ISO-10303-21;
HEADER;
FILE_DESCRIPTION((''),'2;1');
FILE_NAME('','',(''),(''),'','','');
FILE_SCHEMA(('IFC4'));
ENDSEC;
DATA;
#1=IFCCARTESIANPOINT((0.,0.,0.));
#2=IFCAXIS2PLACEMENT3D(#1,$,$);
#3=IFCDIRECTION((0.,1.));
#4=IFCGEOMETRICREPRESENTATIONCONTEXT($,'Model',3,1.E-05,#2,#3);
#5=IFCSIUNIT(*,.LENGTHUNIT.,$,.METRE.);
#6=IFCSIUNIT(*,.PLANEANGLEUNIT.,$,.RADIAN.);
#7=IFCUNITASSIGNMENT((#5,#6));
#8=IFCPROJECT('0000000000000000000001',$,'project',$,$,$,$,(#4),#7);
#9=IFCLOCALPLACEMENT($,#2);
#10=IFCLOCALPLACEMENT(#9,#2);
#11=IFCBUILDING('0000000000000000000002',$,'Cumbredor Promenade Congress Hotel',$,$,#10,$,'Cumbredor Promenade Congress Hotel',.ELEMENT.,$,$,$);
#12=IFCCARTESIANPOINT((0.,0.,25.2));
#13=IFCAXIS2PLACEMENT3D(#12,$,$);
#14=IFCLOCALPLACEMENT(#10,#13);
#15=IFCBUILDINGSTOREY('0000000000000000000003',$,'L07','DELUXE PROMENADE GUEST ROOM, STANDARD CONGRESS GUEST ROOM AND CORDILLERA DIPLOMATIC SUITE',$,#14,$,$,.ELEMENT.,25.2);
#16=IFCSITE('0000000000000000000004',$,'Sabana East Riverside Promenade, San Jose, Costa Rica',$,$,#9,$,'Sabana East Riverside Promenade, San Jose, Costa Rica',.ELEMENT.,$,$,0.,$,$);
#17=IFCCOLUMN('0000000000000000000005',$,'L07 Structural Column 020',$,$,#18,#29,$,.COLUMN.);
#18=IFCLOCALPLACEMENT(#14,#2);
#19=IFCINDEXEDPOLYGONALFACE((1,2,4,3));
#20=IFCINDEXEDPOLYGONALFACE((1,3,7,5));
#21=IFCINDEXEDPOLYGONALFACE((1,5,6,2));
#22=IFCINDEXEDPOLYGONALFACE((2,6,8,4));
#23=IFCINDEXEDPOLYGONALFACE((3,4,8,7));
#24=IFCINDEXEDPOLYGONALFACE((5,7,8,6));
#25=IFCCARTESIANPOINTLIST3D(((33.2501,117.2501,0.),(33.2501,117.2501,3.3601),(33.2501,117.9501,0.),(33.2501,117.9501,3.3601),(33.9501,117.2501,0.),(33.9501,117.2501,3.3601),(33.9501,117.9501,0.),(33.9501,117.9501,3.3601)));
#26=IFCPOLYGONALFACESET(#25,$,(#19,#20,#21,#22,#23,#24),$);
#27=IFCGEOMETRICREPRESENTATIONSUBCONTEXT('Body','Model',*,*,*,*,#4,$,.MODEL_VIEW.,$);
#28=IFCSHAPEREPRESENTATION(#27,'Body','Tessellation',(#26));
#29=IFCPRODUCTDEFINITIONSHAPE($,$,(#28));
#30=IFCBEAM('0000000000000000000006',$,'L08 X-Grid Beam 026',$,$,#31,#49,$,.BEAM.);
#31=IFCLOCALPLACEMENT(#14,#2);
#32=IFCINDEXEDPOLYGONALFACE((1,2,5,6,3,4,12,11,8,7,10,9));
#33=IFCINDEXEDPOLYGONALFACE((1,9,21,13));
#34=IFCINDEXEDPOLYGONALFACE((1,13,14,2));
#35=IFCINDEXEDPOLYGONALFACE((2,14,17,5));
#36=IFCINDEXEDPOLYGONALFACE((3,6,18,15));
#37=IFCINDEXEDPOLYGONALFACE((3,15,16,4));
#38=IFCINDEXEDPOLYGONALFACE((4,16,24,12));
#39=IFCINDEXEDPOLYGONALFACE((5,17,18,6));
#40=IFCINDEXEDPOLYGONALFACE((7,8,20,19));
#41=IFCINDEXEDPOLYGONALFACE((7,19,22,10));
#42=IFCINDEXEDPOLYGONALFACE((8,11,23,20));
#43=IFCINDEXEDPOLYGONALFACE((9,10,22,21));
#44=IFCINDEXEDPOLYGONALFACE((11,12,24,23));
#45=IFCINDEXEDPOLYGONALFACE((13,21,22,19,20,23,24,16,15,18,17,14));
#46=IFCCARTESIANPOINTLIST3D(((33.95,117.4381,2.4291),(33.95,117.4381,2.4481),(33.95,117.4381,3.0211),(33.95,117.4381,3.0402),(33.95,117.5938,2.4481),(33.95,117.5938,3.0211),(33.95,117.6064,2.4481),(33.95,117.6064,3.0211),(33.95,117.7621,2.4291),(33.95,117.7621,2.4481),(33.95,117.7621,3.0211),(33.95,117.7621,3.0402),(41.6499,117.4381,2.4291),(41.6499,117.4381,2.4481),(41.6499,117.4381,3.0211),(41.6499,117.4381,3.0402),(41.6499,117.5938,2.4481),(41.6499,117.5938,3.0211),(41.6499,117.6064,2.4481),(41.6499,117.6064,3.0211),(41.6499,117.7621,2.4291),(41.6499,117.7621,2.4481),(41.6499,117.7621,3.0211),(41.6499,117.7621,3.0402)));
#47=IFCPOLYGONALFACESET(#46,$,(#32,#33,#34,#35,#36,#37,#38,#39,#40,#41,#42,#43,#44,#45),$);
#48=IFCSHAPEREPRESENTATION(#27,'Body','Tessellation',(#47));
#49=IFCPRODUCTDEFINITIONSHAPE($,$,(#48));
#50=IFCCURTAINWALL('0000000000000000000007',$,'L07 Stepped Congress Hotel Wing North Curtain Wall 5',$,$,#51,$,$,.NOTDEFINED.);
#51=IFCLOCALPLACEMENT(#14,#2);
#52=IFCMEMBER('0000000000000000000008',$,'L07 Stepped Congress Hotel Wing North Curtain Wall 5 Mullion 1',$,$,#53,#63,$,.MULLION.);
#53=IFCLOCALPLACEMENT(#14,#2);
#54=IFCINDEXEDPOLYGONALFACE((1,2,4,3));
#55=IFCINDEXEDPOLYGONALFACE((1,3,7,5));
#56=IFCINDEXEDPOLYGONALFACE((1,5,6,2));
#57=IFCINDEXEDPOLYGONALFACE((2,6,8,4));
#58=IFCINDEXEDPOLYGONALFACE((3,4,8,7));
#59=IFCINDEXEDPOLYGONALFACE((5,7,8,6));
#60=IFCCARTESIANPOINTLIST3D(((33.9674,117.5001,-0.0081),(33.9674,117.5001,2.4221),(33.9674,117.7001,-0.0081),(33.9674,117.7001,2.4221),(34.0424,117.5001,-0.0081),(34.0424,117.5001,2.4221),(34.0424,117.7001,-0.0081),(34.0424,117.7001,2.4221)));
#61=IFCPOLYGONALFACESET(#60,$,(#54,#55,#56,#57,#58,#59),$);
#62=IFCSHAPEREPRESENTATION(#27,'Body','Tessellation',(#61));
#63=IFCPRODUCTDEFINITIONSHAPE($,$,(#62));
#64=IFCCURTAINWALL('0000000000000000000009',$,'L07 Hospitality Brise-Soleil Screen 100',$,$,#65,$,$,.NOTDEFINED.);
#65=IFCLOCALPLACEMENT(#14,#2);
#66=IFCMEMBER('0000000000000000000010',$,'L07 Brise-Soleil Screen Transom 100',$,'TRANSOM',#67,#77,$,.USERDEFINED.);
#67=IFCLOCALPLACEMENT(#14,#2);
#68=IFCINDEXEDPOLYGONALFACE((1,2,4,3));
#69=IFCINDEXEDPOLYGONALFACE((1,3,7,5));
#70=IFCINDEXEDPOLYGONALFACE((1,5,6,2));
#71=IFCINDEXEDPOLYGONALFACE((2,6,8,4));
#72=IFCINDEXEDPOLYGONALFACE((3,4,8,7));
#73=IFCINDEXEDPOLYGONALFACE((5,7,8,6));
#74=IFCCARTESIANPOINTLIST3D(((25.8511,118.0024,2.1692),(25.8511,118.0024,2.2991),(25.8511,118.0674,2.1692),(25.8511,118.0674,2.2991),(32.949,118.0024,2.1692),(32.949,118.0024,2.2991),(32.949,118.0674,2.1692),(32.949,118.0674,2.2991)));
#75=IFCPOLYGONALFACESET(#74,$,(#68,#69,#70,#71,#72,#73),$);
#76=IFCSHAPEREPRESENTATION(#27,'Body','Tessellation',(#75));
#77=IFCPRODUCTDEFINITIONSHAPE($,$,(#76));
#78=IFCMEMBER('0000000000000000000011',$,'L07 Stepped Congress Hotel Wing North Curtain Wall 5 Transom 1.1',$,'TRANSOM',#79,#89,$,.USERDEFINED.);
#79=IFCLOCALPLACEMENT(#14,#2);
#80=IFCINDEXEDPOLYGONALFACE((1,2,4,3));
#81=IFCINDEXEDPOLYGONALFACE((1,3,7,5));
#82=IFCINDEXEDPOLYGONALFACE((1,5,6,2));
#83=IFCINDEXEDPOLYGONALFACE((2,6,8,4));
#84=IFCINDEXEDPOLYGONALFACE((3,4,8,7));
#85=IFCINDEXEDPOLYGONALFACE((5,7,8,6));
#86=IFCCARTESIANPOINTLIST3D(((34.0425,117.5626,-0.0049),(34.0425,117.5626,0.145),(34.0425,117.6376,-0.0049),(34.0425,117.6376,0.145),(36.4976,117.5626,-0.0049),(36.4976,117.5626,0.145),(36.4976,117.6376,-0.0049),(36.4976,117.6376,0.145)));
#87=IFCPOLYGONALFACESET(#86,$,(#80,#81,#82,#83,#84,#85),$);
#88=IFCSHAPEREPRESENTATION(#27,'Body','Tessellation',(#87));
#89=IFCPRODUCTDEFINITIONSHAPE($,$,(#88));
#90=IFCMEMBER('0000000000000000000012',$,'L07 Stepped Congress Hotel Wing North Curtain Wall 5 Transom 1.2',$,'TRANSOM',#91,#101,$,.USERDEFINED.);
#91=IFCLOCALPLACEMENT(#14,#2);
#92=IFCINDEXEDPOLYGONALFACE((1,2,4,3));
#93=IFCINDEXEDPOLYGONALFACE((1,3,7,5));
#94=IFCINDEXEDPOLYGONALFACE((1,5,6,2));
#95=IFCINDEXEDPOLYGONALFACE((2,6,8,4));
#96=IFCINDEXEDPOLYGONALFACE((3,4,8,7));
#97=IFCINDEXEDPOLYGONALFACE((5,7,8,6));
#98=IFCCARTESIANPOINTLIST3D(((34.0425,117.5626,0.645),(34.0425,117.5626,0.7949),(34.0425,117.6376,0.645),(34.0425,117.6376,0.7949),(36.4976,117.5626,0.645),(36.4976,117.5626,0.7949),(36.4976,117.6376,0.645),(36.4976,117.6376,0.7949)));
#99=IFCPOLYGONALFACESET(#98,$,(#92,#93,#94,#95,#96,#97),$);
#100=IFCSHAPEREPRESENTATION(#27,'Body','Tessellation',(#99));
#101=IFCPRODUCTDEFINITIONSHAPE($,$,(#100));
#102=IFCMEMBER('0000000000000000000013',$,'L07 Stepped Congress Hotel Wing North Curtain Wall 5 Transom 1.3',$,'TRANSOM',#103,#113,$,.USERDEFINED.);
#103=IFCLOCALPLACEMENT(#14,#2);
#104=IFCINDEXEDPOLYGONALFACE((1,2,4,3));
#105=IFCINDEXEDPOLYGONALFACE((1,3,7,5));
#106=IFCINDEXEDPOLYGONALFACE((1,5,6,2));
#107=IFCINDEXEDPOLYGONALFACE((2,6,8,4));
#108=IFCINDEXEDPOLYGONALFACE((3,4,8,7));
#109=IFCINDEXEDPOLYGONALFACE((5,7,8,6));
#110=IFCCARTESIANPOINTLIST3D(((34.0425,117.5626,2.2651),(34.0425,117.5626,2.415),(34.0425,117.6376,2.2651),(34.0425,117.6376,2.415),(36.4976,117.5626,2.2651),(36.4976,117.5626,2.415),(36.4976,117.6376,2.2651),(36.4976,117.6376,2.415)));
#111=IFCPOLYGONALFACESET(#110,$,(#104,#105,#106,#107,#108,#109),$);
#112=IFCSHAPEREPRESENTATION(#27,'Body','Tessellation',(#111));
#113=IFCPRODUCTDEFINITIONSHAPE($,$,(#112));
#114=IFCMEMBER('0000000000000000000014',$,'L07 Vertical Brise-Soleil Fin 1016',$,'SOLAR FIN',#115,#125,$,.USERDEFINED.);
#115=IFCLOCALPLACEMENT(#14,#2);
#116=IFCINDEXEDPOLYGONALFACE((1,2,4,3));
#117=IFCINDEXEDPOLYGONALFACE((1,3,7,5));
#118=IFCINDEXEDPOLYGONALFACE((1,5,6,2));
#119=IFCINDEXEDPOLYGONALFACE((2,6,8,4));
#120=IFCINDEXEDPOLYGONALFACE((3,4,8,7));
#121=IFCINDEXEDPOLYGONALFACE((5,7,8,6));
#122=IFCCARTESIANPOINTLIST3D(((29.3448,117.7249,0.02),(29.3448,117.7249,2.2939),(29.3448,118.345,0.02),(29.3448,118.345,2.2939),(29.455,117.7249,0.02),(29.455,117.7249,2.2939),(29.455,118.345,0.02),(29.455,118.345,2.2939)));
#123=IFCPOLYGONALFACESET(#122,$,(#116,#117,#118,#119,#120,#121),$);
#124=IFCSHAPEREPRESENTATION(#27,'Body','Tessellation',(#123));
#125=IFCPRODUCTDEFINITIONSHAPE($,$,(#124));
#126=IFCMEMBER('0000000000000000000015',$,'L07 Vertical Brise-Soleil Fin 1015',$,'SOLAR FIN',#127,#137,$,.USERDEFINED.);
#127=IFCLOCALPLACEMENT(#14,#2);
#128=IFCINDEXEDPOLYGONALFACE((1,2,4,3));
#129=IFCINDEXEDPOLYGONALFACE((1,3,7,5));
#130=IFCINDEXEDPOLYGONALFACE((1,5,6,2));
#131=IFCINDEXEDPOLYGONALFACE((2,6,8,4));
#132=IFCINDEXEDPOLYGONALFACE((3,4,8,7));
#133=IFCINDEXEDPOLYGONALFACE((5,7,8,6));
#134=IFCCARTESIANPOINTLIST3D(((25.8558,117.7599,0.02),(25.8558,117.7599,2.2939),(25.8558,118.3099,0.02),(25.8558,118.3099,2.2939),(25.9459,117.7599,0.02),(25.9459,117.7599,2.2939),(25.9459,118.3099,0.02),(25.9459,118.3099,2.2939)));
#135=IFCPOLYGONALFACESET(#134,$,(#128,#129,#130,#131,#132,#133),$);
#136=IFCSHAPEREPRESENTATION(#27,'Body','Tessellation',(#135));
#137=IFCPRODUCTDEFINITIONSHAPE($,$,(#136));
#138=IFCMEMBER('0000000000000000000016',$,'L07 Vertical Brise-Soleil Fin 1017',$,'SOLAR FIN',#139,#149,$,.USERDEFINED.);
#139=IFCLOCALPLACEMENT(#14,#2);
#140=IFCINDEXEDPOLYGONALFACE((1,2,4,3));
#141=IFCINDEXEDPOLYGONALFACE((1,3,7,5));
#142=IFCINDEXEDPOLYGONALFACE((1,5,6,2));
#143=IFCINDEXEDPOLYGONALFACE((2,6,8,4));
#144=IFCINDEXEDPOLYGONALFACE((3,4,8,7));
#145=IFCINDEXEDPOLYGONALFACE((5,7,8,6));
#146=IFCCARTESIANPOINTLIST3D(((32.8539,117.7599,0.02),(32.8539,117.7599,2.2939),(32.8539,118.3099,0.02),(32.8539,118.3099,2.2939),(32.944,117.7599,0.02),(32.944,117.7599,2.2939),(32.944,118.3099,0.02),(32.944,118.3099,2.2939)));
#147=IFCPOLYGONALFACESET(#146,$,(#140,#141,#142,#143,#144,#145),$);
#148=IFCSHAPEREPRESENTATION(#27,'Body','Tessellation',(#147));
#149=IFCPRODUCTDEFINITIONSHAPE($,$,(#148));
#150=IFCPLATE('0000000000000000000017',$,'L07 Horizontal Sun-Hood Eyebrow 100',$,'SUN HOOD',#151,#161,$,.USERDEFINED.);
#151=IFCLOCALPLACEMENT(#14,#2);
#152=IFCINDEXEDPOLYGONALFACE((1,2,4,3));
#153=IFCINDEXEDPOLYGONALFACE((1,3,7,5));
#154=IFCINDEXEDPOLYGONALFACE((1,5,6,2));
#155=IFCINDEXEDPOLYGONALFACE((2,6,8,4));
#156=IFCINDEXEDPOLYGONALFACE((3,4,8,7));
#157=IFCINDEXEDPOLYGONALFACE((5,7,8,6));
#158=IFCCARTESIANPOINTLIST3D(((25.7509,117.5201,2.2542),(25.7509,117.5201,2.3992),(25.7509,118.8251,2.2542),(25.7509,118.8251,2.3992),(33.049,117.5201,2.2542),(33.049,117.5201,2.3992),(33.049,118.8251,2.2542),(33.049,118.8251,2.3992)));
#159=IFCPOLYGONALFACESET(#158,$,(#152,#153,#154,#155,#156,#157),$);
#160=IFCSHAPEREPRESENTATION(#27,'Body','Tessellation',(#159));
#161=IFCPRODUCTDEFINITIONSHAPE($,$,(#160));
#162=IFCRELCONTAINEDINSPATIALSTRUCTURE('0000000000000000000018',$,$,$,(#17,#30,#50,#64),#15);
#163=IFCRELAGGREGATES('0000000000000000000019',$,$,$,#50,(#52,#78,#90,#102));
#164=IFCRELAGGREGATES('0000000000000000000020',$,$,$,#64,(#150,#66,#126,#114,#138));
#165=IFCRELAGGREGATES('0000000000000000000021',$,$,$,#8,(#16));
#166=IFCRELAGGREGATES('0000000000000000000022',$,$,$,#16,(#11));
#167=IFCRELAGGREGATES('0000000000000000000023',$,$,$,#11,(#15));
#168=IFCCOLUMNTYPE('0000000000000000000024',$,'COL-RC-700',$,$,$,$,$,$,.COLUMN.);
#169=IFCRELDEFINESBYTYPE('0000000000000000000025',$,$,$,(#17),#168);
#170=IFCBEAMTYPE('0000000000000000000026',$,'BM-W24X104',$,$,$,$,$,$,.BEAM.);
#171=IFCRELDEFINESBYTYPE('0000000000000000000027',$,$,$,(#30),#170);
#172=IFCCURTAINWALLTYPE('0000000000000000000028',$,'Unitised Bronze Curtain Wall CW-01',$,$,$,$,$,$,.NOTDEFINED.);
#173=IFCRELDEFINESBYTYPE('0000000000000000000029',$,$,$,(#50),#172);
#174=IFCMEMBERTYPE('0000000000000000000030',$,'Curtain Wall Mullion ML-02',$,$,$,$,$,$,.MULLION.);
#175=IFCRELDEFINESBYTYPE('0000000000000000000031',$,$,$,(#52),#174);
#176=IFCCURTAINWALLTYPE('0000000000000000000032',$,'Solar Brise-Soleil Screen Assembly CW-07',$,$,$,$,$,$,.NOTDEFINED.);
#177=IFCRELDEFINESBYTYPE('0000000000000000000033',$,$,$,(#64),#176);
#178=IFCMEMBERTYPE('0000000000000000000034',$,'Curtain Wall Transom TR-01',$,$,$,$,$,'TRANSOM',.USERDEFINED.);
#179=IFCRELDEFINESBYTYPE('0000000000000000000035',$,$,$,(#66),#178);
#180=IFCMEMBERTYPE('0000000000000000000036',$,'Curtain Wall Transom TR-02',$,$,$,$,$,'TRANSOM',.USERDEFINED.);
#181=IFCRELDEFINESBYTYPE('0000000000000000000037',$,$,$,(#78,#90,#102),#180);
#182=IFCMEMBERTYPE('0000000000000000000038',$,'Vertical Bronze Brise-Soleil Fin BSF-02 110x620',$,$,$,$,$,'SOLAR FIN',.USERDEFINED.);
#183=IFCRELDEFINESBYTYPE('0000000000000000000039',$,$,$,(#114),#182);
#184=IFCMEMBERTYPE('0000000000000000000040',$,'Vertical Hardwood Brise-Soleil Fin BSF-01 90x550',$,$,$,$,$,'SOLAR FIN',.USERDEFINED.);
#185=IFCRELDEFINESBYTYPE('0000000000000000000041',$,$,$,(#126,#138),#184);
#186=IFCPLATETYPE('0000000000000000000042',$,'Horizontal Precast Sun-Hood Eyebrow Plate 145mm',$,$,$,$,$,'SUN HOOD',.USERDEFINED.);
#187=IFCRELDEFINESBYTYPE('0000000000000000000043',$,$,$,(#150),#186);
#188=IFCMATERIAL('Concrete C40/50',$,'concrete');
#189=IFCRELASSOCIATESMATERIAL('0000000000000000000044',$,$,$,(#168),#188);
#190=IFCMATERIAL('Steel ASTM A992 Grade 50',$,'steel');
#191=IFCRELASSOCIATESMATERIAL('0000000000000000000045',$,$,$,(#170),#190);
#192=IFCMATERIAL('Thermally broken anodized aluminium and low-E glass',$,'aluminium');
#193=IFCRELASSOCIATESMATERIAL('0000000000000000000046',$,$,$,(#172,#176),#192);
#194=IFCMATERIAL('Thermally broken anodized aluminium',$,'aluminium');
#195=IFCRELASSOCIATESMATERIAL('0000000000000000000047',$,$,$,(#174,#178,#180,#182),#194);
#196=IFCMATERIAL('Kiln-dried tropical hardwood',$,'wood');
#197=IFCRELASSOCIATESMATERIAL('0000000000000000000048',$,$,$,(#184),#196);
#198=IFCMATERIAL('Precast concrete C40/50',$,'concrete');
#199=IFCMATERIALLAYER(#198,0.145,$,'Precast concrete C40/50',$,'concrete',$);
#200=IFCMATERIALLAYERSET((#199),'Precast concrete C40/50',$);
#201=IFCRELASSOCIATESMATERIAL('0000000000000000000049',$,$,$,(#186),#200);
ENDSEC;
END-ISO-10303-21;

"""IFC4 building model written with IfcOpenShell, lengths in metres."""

from ifc_helpers import new_model, si_unit, direction, frame, origin, origin_2d, place, context, subcontext, project, spatial, rectangle, i_section, extrude, material, layer, layer_set, material_profile, profile_set, type_object, element, aggregate, save


model = new_model("IFC4")

# Units and contexts
model_context = context("Model", 3, precision=1e-05, world=origin(), true_north=direction((0.0, 1.0)))
body_context = subcontext(model_context, "Body", "Model", "MODEL_VIEW")
ifc_project = project(units=[si_unit("LENGTHUNIT", "METRE"), si_unit("PLANEANGLEUNIT", "RADIAN")], contexts=[model_context])

# Site, building, storey
site_placement = place(None, origin())
site = spatial("IfcSite", under=ifc_project, at=site_placement, Name="Sabana East Riverside Promenade, San Jose, Costa Rica", LongName="Sabana East Riverside Promenade, San Jose, Costa Rica", CompositionType="ELEMENT", RefElevation=0.0)
building_placement = place(site_placement, origin())
building = spatial("IfcBuilding", under=site, at=building_placement, Name="Cumbredor Promenade Congress Hotel", LongName="Cumbredor Promenade Congress Hotel", CompositionType="ELEMENT")
storey_placement = place(building_placement, frame((0.0, 0.0, 25.2)))
storey = spatial("IfcBuildingStorey", under=building, at=storey_placement, Name="L07", Description="DELUXE PROMENADE GUEST ROOM, STANDARD CONGRESS GUEST ROOM AND CORDILLERA DIPLOMATIC SUITE", CompositionType="ELEMENT", Elevation=25.2)

# Column
ifc_material_1 = material(Name="Concrete C40/50", Category="concrete")
ifc_material_profile_1 = material_profile(ifc_material_1, rectangle(XDim=0.7, YDim=0.7, at=origin_2d()), Name="RC 700x700")
ifc_profile_set_1 = profile_set([ifc_material_profile_1], Name="Concrete C40/50")
column_type = type_object("IfcColumnType", Name="COL-RC-700", PredefinedType="COLUMN", material=ifc_profile_set_1)
column_placement = place(storey_placement, frame((33.6001, 117.6001, 0.0), z_axis=(0.0, 0.0, 1.0), x_axis=(1.0, 0.0, 0.0)))
element("IfcColumn", 1, at=column_placement, inside=storey, type_object=column_type, Name="L07 Structural Column 020", PredefinedType="COLUMN", context=body_context, shape_type="SweptSolid", body=[
    extrude(rectangle(XDim=0.7, YDim=0.7, at=origin_2d()), origin(), (0.0, 0.0, 1.0), 3.3601),
])

# Beam
ifc_material_2 = material(Name="Steel ASTM A992 Grade 50", Category="steel")
ifc_material_profile_2 = material_profile(ifc_material_2, i_section(OverallWidth=0.324, OverallDepth=0.6111, WebThickness=0.0127, FlangeThickness=0.019, at=origin_2d()), Name="W24X104")
ifc_profile_set_2 = profile_set([ifc_material_profile_2], Name="Steel ASTM A992 Grade 50")
beam_type = type_object("IfcBeamType", Name="BM-W24X104", PredefinedType="BEAM", material=ifc_profile_set_2)
beam_placement = place(storey_placement, frame((33.95, 117.6001, 2.7346), z_axis=(1.0, 0.0, 0.0), x_axis=(0.0, 1.0, 0.0)))
element("IfcBeam", 2, at=beam_placement, inside=storey, type_object=beam_type, Name="L08 X-Grid Beam 026", PredefinedType="BEAM", context=body_context, shape_type="SweptSolid", body=[
    extrude(i_section(OverallWidth=0.324, OverallDepth=0.6111, WebThickness=0.0127, FlangeThickness=0.019, at=origin_2d()), origin(), (0.0, 0.0, 1.0), 7.7),
])

# Curtain walls, members
ifc_material_3 = material(Name="Thermally broken anodized aluminium and low-E glass", Category="aluminium")
curtain_wall_type_1 = type_object("IfcCurtainWallType", Name="Unitised Bronze Curtain Wall CW-01", PredefinedType="NOTDEFINED", material=ifc_material_3)
curtain_wall_1_placement = place(storey_placement, origin())
curtain_wall_1 = element("IfcCurtainWall", 3, at=curtain_wall_1_placement, inside=storey, type_object=curtain_wall_type_1, Name="L07 Stepped Congress Hotel Wing North Curtain Wall 5", PredefinedType="NOTDEFINED")
ifc_material_4 = material(Name="Thermally broken anodized aluminium", Category="aluminium")
ifc_material_profile_3 = material_profile(ifc_material_4, rectangle(XDim=0.075, YDim=0.2, at=origin_2d()), Name="ALU MULLION 75x200")
ifc_profile_set_3 = profile_set([ifc_material_profile_3], Name="Thermally broken anodized aluminium")
member_type_1 = type_object("IfcMemberType", Name="Curtain Wall Mullion ML-02", PredefinedType="MULLION", material=ifc_profile_set_3)
member_1_placement = place(storey_placement, frame((34.0049, 117.6001, -0.0081), z_axis=(0.0, 0.0, 1.0), x_axis=(1.0, 0.0, 0.0)))
member_1 = element("IfcMember", 4, at=member_1_placement, type_object=member_type_1, Name="L07 Stepped Congress Hotel Wing North Curtain Wall 5 Mullion 1", PredefinedType="MULLION", context=body_context, shape_type="SweptSolid", body=[
    extrude(rectangle(XDim=0.075, YDim=0.2, at=origin_2d()), origin(), (0.0, 0.0, 1.0), 2.4302),
])
curtain_wall_type_2 = type_object("IfcCurtainWallType", Name="Solar Brise-Soleil Screen Assembly CW-07", PredefinedType="NOTDEFINED", material=ifc_material_3)
curtain_wall_2_placement = place(storey_placement, origin())
curtain_wall_2 = element("IfcCurtainWall", 5, at=curtain_wall_2_placement, inside=storey, type_object=curtain_wall_type_2, Name="L07 Hospitality Brise-Soleil Screen 100", PredefinedType="NOTDEFINED")
ifc_material_profile_4 = material_profile(ifc_material_4, rectangle(XDim=0.0649, YDim=0.1299, at=origin_2d()), Name="ALU TRANSOM 65x130")
ifc_profile_set_4 = profile_set([ifc_material_profile_4], Name="Thermally broken anodized aluminium")
member_type_2 = type_object("IfcMemberType", Name="Curtain Wall Transom TR-01", ElementType="TRANSOM", PredefinedType="USERDEFINED", material=ifc_profile_set_4)
member_2_placement = place(storey_placement, frame((25.8511, 118.0349, 2.2341), z_axis=(1.0, 0.0, 0.0), x_axis=(0.0, 1.0, 0.0)))
member_2 = element("IfcMember", 6, at=member_2_placement, type_object=member_type_2, Name="L07 Brise-Soleil Screen Transom 100", ObjectType="TRANSOM", PredefinedType="USERDEFINED", context=body_context, shape_type="SweptSolid", body=[
    extrude(rectangle(XDim=0.0649, YDim=0.1299, at=origin_2d()), origin(), (0.0, 0.0, 1.0), 7.0979),
])

# Members
ifc_material_profile_5 = material_profile(ifc_material_4, rectangle(XDim=0.075, YDim=0.1499, at=origin_2d()), Name="ALU TRANSOM 75x150")
ifc_profile_set_5 = profile_set([ifc_material_profile_5], Name="Thermally broken anodized aluminium")
member_type_3 = type_object("IfcMemberType", Name="Curtain Wall Transom TR-02", ElementType="TRANSOM", PredefinedType="USERDEFINED", material=ifc_profile_set_5)
member_3_placement = place(storey_placement, frame((34.0425, 117.6001, 0.0701), z_axis=(1.0, 0.0, 0.0), x_axis=(0.0, 1.0, 0.0)))
member_3 = element("IfcMember", 7, at=member_3_placement, type_object=member_type_3, Name="L07 Stepped Congress Hotel Wing North Curtain Wall 5 Transom 1.1", ObjectType="TRANSOM", PredefinedType="USERDEFINED", context=body_context, shape_type="SweptSolid", body=[
    extrude(rectangle(XDim=0.075, YDim=0.1499, at=origin_2d()), origin(), (0.0, 0.0, 1.0), 2.4551),
])
member_4_placement = place(storey_placement, frame((34.0425, 117.6001, 0.72), z_axis=(1.0, 0.0, 0.0), x_axis=(0.0, 1.0, 0.0)))
member_4 = element("IfcMember", 8, at=member_4_placement, type_object=member_type_3, Name="L07 Stepped Congress Hotel Wing North Curtain Wall 5 Transom 1.2", ObjectType="TRANSOM", PredefinedType="USERDEFINED", context=body_context, shape_type="SweptSolid", body=[
    extrude(rectangle(XDim=0.075, YDim=0.1499, at=origin_2d()), origin(), (0.0, 0.0, 1.0), 2.4551),
])
member_5_placement = place(storey_placement, frame((34.0425, 117.6001, 2.3401), z_axis=(1.0, 0.0, 0.0), x_axis=(0.0, 1.0, 0.0)))
member_5 = element("IfcMember", 9, at=member_5_placement, type_object=member_type_3, Name="L07 Stepped Congress Hotel Wing North Curtain Wall 5 Transom 1.3", ObjectType="TRANSOM", PredefinedType="USERDEFINED", context=body_context, shape_type="SweptSolid", body=[
    extrude(rectangle(XDim=0.075, YDim=0.1499, at=origin_2d()), origin(), (0.0, 0.0, 1.0), 2.4551),
])
aggregate(curtain_wall_1, [member_1, member_3, member_4, member_5])
ifc_material_profile_6 = material_profile(ifc_material_4, rectangle(XDim=0.1101, YDim=0.6201, at=origin_2d()), Name="ARCH FIN 110x620")
ifc_profile_set_6 = profile_set([ifc_material_profile_6], Name="Thermally broken anodized aluminium")
member_type_4 = type_object("IfcMemberType", Name="Vertical Bronze Brise-Soleil Fin BSF-02 110x620", ElementType="SOLAR FIN", PredefinedType="USERDEFINED", material=ifc_profile_set_6)
member_6_placement = place(storey_placement, frame((29.3999, 118.0349, 0.02), z_axis=(0.0, 0.0, 1.0), x_axis=(1.0, 0.0, 0.0)))
member_6 = element("IfcMember", 10, at=member_6_placement, type_object=member_type_4, Name="L07 Vertical Brise-Soleil Fin 1016", ObjectType="SOLAR FIN", PredefinedType="USERDEFINED", context=body_context, shape_type="SweptSolid", body=[
    extrude(rectangle(XDim=0.1101, YDim=0.6201, at=origin_2d()), origin(), (0.0, 0.0, 1.0), 2.2739),
])
ifc_material_5 = material(Name="Kiln-dried tropical hardwood", Category="wood")
ifc_material_profile_7 = material_profile(ifc_material_5, rectangle(XDim=0.0901, YDim=0.55, at=origin_2d()), Name="ARCH FIN 90x550")
ifc_profile_set_7 = profile_set([ifc_material_profile_7], Name="Kiln-dried tropical hardwood")
member_type_5 = type_object("IfcMemberType", Name="Vertical Hardwood Brise-Soleil Fin BSF-01 90x550", ElementType="SOLAR FIN", PredefinedType="USERDEFINED", material=ifc_profile_set_7)
member_7_placement = place(storey_placement, frame((25.9009, 118.0349, 0.02), z_axis=(0.0, 0.0, 1.0), x_axis=(1.0, 0.0, 0.0)))
member_7 = element("IfcMember", 11, at=member_7_placement, type_object=member_type_5, Name="L07 Vertical Brise-Soleil Fin 1015", ObjectType="SOLAR FIN", PredefinedType="USERDEFINED", context=body_context, shape_type="SweptSolid", body=[
    extrude(rectangle(XDim=0.0901, YDim=0.55, at=origin_2d()), origin(), (0.0, 0.0, 1.0), 2.2739),
])
member_8_placement = place(storey_placement, frame((32.8989, 118.0349, 0.02), z_axis=(0.0, 0.0, 1.0), x_axis=(1.0, 0.0, 0.0)))
member_8 = element("IfcMember", 12, at=member_8_placement, type_object=member_type_5, Name="L07 Vertical Brise-Soleil Fin 1017", ObjectType="SOLAR FIN", PredefinedType="USERDEFINED", context=body_context, shape_type="SweptSolid", body=[
    extrude(rectangle(XDim=0.0901, YDim=0.55, at=origin_2d()), origin(), (0.0, 0.0, 1.0), 2.2739),
])

# Plate
ifc_material_6 = material(Name="Precast concrete C40/50", Category="concrete")
ifc_layer_1 = layer(ifc_material_6, 0.145, Name="Precast concrete C40/50", Category="concrete")
ifc_layer_set_1 = layer_set([ifc_layer_1], Name="Precast concrete C40/50")
plate_type = type_object("IfcPlateType", Name="Horizontal Precast Sun-Hood Eyebrow Plate 145mm", ElementType="SUN HOOD", PredefinedType="USERDEFINED", material=ifc_layer_set_1)
plate_placement = place(storey_placement, frame((29.3999, 118.1726, 2.2542), z_axis=(0.0, 0.0, 1.0), x_axis=(1.0, 0.0, 0.0)))
plate = element("IfcPlate", 13, at=plate_placement, type_object=plate_type, Name="L07 Horizontal Sun-Hood Eyebrow 100", ObjectType="SUN HOOD", PredefinedType="USERDEFINED", context=body_context, shape_type="SweptSolid", body=[
    extrude(rectangle(XDim=7.2981, YDim=1.3049, at=origin_2d()), origin(), (0.0, 0.0, 1.0), 0.145),
])
aggregate(curtain_wall_2, [plate, member_2, member_7, member_6, member_8])

save(model, "model.ifc")
